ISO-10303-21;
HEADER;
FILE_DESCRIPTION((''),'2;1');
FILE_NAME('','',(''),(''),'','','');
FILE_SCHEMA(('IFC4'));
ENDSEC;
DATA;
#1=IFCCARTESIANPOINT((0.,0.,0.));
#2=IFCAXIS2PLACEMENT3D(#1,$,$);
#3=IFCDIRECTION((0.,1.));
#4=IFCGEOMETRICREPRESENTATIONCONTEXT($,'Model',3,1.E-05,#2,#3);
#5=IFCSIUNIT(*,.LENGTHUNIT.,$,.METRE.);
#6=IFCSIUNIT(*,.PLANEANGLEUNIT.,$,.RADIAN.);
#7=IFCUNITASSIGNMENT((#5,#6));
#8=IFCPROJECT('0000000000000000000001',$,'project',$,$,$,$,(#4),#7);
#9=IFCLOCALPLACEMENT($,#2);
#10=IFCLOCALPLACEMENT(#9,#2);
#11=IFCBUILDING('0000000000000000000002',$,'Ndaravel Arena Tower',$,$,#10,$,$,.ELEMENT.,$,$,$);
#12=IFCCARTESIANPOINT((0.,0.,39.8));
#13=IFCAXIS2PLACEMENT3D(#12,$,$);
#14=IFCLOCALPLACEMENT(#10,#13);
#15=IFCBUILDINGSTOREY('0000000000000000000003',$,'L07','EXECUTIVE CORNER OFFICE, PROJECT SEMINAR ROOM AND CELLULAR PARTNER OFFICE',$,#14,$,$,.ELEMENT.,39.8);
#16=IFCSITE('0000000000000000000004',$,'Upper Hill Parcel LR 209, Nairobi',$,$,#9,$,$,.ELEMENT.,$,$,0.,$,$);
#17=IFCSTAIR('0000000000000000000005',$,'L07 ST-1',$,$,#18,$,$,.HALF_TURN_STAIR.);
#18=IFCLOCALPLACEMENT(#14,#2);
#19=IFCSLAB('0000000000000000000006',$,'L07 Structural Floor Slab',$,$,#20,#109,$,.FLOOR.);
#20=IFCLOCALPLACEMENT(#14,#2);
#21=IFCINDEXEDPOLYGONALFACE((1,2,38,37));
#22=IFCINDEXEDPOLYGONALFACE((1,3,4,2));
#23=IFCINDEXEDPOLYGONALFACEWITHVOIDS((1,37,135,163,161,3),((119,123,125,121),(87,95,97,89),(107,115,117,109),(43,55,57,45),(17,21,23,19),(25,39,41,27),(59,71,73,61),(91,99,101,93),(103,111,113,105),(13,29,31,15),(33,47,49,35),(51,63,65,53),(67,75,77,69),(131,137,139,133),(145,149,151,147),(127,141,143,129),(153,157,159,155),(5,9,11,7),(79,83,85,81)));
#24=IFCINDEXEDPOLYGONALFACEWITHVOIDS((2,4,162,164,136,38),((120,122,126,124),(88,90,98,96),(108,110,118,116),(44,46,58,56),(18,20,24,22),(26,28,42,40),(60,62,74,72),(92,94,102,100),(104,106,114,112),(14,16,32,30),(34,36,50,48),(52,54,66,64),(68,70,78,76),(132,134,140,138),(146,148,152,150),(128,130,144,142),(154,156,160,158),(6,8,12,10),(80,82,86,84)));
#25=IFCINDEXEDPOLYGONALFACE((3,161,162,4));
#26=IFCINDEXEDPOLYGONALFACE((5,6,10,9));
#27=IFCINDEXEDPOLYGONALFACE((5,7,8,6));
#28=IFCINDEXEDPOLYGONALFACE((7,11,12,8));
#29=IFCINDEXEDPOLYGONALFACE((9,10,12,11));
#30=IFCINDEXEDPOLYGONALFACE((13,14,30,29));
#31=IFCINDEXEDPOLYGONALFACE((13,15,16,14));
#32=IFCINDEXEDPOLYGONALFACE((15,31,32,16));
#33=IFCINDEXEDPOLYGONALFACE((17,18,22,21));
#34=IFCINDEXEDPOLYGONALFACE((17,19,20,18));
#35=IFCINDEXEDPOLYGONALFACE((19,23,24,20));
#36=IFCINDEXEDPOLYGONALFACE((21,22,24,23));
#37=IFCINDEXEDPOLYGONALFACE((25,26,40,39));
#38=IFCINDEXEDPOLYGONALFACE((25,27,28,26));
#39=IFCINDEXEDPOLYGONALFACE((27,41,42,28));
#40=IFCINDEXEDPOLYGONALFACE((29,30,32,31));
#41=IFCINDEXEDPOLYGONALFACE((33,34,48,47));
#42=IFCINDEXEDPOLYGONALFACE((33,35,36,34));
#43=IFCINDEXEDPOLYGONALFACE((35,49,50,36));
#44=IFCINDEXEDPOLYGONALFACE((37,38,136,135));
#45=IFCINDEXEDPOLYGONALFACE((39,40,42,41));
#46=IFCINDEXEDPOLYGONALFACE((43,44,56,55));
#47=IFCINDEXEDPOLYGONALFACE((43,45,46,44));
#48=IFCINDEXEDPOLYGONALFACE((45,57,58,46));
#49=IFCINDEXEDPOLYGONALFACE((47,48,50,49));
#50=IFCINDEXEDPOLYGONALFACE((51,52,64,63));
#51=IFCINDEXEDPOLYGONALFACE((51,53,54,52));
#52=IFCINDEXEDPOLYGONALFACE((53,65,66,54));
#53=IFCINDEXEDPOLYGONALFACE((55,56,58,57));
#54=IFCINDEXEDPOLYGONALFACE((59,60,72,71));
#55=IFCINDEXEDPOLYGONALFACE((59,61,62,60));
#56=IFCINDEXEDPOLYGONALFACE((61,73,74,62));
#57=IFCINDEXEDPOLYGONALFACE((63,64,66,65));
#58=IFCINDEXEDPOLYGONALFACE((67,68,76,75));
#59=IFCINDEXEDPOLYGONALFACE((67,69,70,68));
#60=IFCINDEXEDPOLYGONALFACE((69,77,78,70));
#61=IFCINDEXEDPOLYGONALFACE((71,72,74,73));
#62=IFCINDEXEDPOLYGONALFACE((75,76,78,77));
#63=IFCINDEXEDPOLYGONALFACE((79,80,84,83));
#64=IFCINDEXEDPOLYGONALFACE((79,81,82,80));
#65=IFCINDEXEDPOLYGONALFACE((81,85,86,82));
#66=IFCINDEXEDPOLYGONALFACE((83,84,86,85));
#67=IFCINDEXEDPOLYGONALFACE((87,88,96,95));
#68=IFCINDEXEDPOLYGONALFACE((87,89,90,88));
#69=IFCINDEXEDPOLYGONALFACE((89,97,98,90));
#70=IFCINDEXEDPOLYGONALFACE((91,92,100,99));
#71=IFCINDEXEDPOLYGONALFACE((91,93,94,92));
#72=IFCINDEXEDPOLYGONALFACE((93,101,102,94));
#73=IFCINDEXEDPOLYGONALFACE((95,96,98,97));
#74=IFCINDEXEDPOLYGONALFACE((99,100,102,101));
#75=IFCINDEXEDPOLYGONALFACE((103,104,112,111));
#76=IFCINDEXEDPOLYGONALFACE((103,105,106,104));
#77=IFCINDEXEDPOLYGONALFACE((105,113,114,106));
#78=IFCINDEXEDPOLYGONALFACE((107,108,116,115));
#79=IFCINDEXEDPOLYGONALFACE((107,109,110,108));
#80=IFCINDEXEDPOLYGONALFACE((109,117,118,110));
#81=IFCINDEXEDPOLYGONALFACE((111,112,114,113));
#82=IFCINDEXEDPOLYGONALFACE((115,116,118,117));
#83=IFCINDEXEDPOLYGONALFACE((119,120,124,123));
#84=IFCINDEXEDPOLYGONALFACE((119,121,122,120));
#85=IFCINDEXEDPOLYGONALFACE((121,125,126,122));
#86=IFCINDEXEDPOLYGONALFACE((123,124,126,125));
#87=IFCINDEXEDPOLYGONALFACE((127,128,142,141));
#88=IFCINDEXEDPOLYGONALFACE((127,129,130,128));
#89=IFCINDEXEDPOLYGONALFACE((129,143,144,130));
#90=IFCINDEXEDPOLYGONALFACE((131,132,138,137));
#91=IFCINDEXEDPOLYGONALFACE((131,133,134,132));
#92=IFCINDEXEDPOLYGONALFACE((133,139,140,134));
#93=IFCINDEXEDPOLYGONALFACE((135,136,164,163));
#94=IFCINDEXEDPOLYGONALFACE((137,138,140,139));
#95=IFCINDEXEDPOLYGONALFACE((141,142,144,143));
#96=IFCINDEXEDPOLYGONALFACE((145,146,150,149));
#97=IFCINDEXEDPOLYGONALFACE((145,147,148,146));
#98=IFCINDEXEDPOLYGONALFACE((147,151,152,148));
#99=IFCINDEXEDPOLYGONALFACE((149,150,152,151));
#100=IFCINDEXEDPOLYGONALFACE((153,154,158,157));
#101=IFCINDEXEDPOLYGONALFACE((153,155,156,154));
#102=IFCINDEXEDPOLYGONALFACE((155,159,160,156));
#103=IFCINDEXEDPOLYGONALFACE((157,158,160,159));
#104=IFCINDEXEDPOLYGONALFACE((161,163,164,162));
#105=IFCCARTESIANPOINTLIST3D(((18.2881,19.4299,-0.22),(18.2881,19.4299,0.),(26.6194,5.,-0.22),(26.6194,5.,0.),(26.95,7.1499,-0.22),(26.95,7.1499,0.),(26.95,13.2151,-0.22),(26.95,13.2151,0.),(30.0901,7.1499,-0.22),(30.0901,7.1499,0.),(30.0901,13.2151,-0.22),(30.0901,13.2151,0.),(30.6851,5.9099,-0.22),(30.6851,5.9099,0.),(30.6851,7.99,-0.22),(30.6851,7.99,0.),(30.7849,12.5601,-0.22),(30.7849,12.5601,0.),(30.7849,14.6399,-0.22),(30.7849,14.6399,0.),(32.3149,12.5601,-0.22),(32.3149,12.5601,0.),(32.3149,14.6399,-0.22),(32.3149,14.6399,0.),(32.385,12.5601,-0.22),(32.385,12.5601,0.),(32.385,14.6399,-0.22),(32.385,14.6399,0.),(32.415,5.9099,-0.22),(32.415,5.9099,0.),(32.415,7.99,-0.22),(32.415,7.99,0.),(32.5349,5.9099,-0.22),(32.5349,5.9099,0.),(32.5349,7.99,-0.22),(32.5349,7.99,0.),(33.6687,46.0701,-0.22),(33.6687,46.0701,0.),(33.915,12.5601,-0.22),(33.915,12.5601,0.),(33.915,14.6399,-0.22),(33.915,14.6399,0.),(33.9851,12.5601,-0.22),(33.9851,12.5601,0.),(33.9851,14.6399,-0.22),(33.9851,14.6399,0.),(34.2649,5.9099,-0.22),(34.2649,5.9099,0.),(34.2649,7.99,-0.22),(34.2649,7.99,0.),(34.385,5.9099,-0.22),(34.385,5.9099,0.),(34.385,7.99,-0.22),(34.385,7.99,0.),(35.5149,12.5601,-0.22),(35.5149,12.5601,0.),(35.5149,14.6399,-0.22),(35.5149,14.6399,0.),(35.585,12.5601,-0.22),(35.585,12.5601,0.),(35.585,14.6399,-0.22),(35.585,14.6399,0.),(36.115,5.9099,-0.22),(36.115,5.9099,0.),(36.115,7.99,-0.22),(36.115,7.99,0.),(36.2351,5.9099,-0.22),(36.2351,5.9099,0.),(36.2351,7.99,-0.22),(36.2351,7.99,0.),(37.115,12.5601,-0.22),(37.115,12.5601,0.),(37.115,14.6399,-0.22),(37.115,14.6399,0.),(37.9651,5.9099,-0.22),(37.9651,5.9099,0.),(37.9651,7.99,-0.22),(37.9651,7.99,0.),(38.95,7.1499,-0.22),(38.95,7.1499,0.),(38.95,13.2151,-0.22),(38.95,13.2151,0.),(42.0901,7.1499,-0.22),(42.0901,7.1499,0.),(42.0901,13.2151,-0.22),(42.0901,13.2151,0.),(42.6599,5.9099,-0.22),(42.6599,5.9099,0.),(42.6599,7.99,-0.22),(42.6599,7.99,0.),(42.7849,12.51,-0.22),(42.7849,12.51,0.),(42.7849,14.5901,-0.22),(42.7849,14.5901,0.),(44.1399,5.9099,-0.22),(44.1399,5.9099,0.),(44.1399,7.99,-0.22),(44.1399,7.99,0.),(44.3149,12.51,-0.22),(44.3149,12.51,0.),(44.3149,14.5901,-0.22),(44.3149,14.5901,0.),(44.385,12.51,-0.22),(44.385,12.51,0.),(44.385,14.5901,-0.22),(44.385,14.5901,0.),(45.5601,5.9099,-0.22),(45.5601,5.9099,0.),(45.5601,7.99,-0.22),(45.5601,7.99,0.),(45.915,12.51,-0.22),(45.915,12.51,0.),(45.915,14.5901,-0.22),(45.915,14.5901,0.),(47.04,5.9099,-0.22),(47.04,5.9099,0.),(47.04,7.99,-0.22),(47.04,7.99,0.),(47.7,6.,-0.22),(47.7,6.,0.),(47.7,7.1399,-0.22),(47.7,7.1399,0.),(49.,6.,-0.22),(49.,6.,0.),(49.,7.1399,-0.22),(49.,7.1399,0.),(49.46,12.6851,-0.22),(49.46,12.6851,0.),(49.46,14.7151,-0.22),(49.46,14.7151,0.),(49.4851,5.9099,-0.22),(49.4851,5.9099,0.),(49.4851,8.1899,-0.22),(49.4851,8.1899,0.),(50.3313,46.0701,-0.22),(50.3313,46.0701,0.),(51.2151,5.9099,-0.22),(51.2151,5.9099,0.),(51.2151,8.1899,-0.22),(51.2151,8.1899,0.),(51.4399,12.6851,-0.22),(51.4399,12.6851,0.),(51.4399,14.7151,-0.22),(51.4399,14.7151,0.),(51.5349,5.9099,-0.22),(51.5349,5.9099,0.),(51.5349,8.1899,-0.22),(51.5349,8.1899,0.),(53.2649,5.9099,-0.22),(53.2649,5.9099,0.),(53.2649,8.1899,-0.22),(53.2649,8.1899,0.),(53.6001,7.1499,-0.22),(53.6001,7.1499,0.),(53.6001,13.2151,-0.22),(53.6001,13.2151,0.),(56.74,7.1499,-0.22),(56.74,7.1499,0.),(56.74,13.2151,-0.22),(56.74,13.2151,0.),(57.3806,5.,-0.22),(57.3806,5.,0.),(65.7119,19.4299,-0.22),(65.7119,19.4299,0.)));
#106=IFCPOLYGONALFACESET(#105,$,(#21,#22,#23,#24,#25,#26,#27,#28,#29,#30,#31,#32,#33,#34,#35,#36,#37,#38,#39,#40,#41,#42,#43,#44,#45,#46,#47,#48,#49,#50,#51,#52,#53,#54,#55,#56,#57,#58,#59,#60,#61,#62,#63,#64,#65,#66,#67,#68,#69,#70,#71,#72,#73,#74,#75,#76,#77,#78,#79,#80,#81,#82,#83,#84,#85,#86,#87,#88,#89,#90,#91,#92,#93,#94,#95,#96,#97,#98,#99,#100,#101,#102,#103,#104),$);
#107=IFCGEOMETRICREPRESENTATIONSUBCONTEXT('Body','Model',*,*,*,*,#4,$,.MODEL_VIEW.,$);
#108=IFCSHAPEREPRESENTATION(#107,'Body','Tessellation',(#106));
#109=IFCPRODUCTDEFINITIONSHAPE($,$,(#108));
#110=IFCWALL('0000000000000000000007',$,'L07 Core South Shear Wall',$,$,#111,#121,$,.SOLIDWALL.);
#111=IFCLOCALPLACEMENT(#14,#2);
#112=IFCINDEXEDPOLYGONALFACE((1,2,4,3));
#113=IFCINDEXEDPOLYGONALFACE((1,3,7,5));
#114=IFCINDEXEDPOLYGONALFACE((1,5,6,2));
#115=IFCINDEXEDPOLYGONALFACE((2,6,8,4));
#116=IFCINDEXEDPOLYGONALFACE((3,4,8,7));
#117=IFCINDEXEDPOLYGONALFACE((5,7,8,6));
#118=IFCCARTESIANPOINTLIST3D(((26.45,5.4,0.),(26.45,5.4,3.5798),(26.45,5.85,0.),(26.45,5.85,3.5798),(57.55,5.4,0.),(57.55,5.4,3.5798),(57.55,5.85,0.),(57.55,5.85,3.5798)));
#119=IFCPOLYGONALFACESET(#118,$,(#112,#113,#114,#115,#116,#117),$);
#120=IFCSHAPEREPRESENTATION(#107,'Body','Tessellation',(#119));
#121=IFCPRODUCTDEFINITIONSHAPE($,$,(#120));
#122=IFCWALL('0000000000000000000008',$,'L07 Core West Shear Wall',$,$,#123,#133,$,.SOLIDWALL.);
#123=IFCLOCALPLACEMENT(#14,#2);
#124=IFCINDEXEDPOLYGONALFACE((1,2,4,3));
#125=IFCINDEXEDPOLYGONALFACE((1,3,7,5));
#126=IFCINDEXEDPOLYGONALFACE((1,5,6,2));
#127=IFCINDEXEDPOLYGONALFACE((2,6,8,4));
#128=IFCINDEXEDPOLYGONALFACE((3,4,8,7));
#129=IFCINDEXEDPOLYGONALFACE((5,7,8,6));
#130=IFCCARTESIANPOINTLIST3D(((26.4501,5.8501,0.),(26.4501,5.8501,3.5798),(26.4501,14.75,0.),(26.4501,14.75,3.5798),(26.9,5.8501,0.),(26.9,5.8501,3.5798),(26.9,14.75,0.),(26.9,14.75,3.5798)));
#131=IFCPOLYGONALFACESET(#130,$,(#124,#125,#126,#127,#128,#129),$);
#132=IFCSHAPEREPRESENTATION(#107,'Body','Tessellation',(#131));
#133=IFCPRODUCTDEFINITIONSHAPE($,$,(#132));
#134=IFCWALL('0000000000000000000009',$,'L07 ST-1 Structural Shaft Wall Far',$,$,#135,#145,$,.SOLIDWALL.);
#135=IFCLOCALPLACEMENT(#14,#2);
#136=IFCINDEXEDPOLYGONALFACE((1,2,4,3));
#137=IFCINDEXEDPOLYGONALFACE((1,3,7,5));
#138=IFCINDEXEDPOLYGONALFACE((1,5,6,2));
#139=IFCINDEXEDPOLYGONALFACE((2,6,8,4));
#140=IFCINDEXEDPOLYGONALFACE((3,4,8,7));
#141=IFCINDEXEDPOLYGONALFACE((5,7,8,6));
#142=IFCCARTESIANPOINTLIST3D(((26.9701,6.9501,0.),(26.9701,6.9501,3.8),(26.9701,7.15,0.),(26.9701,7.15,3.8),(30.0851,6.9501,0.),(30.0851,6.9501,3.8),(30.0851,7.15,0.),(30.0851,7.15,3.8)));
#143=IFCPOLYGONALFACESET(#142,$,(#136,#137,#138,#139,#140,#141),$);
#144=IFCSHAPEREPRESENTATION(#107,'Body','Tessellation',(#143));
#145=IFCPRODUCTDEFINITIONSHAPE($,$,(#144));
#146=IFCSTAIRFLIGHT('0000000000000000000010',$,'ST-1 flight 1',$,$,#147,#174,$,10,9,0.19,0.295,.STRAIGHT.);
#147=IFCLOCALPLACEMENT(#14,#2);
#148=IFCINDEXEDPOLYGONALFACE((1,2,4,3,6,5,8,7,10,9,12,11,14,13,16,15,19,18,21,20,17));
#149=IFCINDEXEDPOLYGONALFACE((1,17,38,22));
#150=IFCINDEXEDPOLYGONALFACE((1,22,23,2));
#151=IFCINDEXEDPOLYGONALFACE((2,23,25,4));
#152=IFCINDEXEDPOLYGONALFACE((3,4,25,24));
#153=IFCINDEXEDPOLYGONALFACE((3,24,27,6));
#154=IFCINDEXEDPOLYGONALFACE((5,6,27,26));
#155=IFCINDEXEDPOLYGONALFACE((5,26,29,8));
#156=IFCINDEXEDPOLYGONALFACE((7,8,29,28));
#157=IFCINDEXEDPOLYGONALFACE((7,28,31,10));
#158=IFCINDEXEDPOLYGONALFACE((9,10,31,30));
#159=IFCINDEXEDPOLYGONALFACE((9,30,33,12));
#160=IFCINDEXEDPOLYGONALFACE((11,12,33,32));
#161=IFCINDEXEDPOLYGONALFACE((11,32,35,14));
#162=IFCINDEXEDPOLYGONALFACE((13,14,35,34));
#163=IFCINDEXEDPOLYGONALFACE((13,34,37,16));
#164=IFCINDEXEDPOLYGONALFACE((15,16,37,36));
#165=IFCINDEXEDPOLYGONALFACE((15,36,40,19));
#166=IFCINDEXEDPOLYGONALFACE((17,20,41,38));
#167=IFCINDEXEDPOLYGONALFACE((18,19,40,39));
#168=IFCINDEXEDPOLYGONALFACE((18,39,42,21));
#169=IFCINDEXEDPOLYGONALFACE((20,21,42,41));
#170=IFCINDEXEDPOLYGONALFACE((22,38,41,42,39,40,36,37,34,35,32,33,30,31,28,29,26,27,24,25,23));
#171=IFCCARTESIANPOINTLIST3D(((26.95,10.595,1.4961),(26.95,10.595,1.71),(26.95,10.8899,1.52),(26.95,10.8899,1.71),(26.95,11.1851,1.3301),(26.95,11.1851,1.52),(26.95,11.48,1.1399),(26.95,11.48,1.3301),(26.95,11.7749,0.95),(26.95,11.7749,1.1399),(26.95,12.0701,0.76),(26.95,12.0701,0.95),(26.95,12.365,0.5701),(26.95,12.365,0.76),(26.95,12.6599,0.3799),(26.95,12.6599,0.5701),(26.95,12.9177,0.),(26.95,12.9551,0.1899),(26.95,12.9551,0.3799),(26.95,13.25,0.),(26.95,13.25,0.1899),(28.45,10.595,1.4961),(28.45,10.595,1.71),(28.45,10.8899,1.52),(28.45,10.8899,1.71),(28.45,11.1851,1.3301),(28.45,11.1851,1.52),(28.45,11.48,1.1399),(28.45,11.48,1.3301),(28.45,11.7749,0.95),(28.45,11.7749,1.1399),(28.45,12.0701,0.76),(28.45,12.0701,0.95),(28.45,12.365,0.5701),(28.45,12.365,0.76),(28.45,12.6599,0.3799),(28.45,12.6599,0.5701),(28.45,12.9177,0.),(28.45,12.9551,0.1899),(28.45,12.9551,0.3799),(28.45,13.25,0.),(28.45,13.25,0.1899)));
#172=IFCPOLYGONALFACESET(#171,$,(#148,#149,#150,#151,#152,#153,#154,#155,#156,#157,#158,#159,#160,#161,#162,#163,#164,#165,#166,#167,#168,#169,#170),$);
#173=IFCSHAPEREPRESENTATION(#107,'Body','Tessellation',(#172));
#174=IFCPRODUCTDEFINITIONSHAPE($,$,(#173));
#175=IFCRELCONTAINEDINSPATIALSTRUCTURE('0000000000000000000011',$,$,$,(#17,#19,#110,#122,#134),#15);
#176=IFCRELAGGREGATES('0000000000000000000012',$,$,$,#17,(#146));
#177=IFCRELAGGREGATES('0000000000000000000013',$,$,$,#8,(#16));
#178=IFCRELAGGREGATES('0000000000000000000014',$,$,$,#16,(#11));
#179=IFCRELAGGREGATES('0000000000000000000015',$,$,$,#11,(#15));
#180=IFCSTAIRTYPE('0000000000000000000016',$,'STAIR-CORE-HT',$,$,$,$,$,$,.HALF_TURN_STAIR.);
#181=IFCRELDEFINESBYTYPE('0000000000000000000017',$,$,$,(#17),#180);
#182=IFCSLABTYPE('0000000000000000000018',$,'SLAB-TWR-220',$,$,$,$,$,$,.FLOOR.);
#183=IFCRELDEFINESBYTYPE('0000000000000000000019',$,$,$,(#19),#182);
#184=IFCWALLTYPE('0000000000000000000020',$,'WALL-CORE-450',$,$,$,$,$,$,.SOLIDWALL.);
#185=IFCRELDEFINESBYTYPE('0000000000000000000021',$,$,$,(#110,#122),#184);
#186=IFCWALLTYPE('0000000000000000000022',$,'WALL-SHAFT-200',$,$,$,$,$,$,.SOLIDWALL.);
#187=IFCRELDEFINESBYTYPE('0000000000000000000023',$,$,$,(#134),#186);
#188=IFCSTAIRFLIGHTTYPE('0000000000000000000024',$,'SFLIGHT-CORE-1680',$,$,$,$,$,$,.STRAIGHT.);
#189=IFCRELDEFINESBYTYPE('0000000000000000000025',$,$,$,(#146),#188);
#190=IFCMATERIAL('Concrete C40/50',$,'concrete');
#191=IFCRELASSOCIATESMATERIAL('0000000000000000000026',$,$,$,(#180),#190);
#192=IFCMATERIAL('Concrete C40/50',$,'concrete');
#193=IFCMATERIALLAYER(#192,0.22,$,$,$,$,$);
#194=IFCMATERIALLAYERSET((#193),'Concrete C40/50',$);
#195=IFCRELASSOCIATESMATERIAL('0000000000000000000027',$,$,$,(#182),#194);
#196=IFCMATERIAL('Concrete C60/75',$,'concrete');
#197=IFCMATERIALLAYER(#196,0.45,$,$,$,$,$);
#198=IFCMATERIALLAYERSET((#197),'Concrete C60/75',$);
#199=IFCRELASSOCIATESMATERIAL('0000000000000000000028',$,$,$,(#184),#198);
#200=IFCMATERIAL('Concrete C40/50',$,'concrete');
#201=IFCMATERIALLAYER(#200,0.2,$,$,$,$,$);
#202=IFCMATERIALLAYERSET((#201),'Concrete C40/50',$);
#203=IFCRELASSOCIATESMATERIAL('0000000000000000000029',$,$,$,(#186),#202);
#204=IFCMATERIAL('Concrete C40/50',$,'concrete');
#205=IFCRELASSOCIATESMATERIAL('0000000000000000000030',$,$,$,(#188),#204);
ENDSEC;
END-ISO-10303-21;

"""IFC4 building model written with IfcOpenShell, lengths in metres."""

from ifc_helpers import new_model, si_unit, direction, frame, frame_2d, origin, place, context, subcontext, project, spatial, polyline, rectangle, outline, extrude, material, layer, layer_set, type_object, element, aggregate, save


model = new_model("IFC4")

# Units and contexts
model_context = context("Model", 3, precision=1e-05, world=origin(), true_north=direction((0.0, 1.0)))
body_context = subcontext(model_context, "Body", "Model", "MODEL_VIEW")
ifc_project = project(units=[si_unit("LENGTHUNIT", "METRE"), si_unit("PLANEANGLEUNIT", "RADIAN")], contexts=[model_context])

# Site, building, storey
site_placement = place(None, origin())
site = spatial("IfcSite", under=ifc_project, at=site_placement, Name="Upper Hill Parcel LR 209, Nairobi", CompositionType="ELEMENT", RefElevation=0.0)
building_placement = place(site_placement, origin())
building = spatial("IfcBuilding", under=site, at=building_placement, Name="Ndaravel Arena Tower", CompositionType="ELEMENT")
storey_placement = place(building_placement, frame((0.0, 0.0, 39.8)))
storey = spatial("IfcBuildingStorey", under=building, at=storey_placement, Name="L07", Description="EXECUTIVE CORNER OFFICE, PROJECT SEMINAR ROOM AND CELLULAR PARTNER OFFICE", CompositionType="ELEMENT", Elevation=39.8)

# Stair
ifc_material_1 = material(Name="Concrete C40/50", Category="concrete")
stair_type = type_object("IfcStairType", Name="STAIR-CORE-HT", PredefinedType="HALF_TURN_STAIR", material=ifc_material_1)
stair_1_placement = place(storey_placement, origin())
stair_1 = element("IfcStair", 1, at=stair_1_placement, inside=storey, type_object=stair_type, Name="L07 ST-1", PredefinedType="HALF_TURN_STAIR")

# Slab
ifc_material_2 = material(Name="Concrete C40/50", Category="concrete")
ifc_layer_1 = layer(ifc_material_2, 0.22)
ifc_layer_set_1 = layer_set([ifc_layer_1], Name="Concrete C40/50")
slab_type_1 = type_object("IfcSlabType", Name="SLAB-TWR-220", PredefinedType="FLOOR", material=ifc_layer_set_1)
slab_1_placement = place(storey_placement, frame((0.0, 0.0, -0.22)))
element("IfcSlab", 2, at=slab_1_placement, inside=storey, type_object=slab_type_1, Name="L07 Structural Floor Slab", PredefinedType="FLOOR", context=body_context, shape_type="SweptSolid", body=[
    extrude(outline(polyline([(18.2881, 19.4299), (26.6194, 5.0), (57.3806, 5.0), (65.7119, 19.4299), (50.3313, 46.0701), (33.6687, 46.0701), (18.2881, 19.4299)]), holes=[polyline([(26.95, 13.2151), (26.95, 7.1499), (30.0901, 7.1499), (30.0901, 13.2151), (26.95, 13.2151)]), polyline([(38.95, 13.2151), (38.95, 7.1499), (42.0901, 7.1499), (42.0901, 13.2151), (38.95, 13.2151)]), polyline([(53.6001, 13.2151), (53.6001, 7.1499), (56.74, 7.1499), (56.74, 13.2151), (53.6001, 13.2151)]), polyline([(30.6851, 5.9099), (32.415, 5.9099), (32.415, 7.99), (30.6851, 7.99), (30.6851, 5.9099)]), polyline([(32.5349, 5.9099), (34.2649, 5.9099), (34.2649, 7.99), (32.5349, 7.99), (32.5349, 5.9099)]), polyline([(34.385, 5.9099), (36.115, 5.9099), (36.115, 7.99), (34.385, 7.99), (34.385, 5.9099)]), polyline([(36.2351, 5.9099), (37.9651, 5.9099), (37.9651, 7.99), (36.2351, 7.99), (36.2351, 5.9099)]), polyline([(30.7849, 12.5601), (32.3149, 12.5601), (32.3149, 14.6399), (30.7849, 14.6399), (30.7849, 12.5601)]), polyline([(32.385, 12.5601), (33.915, 12.5601), (33.915, 14.6399), (32.385, 14.6399), (32.385, 12.5601)]), polyline([(33.9851, 12.5601), (35.5149, 12.5601), (35.5149, 14.6399), (33.9851, 14.6399), (33.9851, 12.5601)]), polyline([(35.585, 12.5601), (37.115, 12.5601), (37.115, 14.6399), (35.585, 14.6399), (35.585, 12.5601)]), polyline([(42.6599, 5.9099), (44.1399, 5.9099), (44.1399, 7.99), (42.6599, 7.99), (42.6599, 5.9099)]), polyline([(45.5601, 5.9099), (47.04, 5.9099), (47.04, 7.99), (45.5601, 7.99), (45.5601, 5.9099)]), polyline([(42.7849, 12.51), (44.3149, 12.51), (44.3149, 14.5901), (42.7849, 14.5901), (42.7849, 12.51)]), polyline([(44.385, 12.51), (45.915, 12.51), (45.915, 14.5901), (44.385, 14.5901), (44.385, 12.51)]), polyline([(49.4851, 5.9099), (51.2151, 5.9099), (51.2151, 8.1899), (49.4851, 8.1899), (49.4851, 5.9099)]), polyline([(51.5349, 5.9099), (53.2649, 5.9099), (53.2649, 8.1899), (51.5349, 8.1899), (51.5349, 5.9099)]), polyline([(49.46, 12.6851), (51.4399, 12.6851), (51.4399, 14.7151), (49.46, 14.7151), (49.46, 12.6851)]), polyline([(47.7, 6.0), (49.0, 6.0), (49.0, 7.1399), (47.7, 7.1399), (47.7, 6.0)])]), origin(), (0.0, 0.0, 1.0), 0.22),
])

# Walls
ifc_material_3 = material(Name="Concrete C60/75", Category="concrete")
ifc_layer_2 = layer(ifc_material_3, 0.45)
ifc_layer_set_2 = layer_set([ifc_layer_2], Name="Concrete C60/75")
wall_type_1 = type_object("IfcWallType", Name="WALL-CORE-450", PredefinedType="SOLIDWALL", material=ifc_layer_set_2)
wall_1_placement = place(storey_placement, frame((26.45, 5.625, 0.0), z_axis=(0.0, 0.0, 1.0), x_axis=(1.0, 0.0, 0.0)))
element("IfcWall", 3, at=wall_1_placement, inside=storey, type_object=wall_type_1, Name="L07 Core South Shear Wall", PredefinedType="SOLIDWALL", context=body_context, shape_type="SweptSolid", body=[
    extrude(rectangle(XDim=31.1001, YDim=0.45, at=frame_2d((15.55, 0.0))), origin(), (0.0, 0.0, 1.0), 3.5798),
])
wall_2_placement = place(storey_placement, frame((26.675, 5.8501, 0.0), z_axis=(0.0, 0.0, 1.0), x_axis=(0.0, 1.0, 0.0)))
element("IfcWall", 4, at=wall_2_placement, inside=storey, type_object=wall_type_1, Name="L07 Core West Shear Wall", PredefinedType="SOLIDWALL", context=body_context, shape_type="SweptSolid", body=[
    extrude(rectangle(XDim=8.8999, YDim=0.45, at=frame_2d((4.45, 0.0))), origin(), (0.0, 0.0, 1.0), 3.5798),
])
ifc_material_4 = material(Name="Concrete C40/50", Category="concrete")
ifc_layer_3 = layer(ifc_material_4, 0.2)
ifc_layer_set_3 = layer_set([ifc_layer_3], Name="Concrete C40/50")
wall_type_2 = type_object("IfcWallType", Name="WALL-SHAFT-200", PredefinedType="SOLIDWALL", material=ifc_layer_set_3)
wall_3_placement = place(storey_placement, frame((26.97, 7.05, 0.0), z_axis=(0.0, 0.0, 1.0), x_axis=(1.0, 0.0, 0.0)))
element("IfcWall", 5, at=wall_3_placement, inside=storey, type_object=wall_type_2, Name="L07 ST-1 Structural Shaft Wall Far", PredefinedType="SOLIDWALL", context=body_context, shape_type="SweptSolid", body=[
    extrude(rectangle(XDim=3.115, YDim=0.2, at=frame_2d((1.5576, 0.0))), origin(), (0.0, 0.0, 1.0), 3.8),
])

# Stair flight
ifc_material_5 = material(Name="Concrete C40/50", Category="concrete")
stair_flight_type = type_object("IfcStairFlightType", Name="SFLIGHT-CORE-1680", PredefinedType="STRAIGHT", material=ifc_material_5)
stair_flight_1_placement = place(storey_placement, frame((27.7, 13.25, 0.0), z_axis=(0.0, 0.0, 1.0), x_axis=(0.0, -1.0, 0.0)))
stair_flight_1 = element("IfcStairFlight", 6, at=stair_flight_1_placement, type_object=stair_flight_type, Name="ST-1 flight 1", NumberOfRisers=10, NumberOfTreads=9, PredefinedType="STRAIGHT", RiserHeight=0.19, TreadLength=0.295, context=body_context, shape_type="SweptSolid", body=[
    extrude(outline(polyline([(0.0, 0.0), (0.0, 0.1899), (0.2949, 0.1899), (0.2949, 0.3799), (0.5901, 0.3799), (0.5901, 0.5701), (0.885, 0.5701), (0.885, 0.76), (1.1799, 0.76), (1.1799, 0.95), (1.4751, 0.95), (1.4751, 1.1399), (1.77, 1.1399), (1.77, 1.3301), (2.0649, 1.3301), (2.0649, 1.52), (2.3601, 1.52), (2.3601, 1.71), (2.655, 1.71), (2.655, 1.8999), (2.655, 1.4961), (0.3323, 0.0), (0.0, 0.0)])), frame((0.0, 0.75, 0.0), z_axis=(0.0, -1.0, 0.0), x_axis=(1.0, 0.0, 0.0)), (0.0, 0.0, 1.0), 1.5),
])
aggregate(stair_1, [stair_flight_1])

save(model, "model.ifc")
